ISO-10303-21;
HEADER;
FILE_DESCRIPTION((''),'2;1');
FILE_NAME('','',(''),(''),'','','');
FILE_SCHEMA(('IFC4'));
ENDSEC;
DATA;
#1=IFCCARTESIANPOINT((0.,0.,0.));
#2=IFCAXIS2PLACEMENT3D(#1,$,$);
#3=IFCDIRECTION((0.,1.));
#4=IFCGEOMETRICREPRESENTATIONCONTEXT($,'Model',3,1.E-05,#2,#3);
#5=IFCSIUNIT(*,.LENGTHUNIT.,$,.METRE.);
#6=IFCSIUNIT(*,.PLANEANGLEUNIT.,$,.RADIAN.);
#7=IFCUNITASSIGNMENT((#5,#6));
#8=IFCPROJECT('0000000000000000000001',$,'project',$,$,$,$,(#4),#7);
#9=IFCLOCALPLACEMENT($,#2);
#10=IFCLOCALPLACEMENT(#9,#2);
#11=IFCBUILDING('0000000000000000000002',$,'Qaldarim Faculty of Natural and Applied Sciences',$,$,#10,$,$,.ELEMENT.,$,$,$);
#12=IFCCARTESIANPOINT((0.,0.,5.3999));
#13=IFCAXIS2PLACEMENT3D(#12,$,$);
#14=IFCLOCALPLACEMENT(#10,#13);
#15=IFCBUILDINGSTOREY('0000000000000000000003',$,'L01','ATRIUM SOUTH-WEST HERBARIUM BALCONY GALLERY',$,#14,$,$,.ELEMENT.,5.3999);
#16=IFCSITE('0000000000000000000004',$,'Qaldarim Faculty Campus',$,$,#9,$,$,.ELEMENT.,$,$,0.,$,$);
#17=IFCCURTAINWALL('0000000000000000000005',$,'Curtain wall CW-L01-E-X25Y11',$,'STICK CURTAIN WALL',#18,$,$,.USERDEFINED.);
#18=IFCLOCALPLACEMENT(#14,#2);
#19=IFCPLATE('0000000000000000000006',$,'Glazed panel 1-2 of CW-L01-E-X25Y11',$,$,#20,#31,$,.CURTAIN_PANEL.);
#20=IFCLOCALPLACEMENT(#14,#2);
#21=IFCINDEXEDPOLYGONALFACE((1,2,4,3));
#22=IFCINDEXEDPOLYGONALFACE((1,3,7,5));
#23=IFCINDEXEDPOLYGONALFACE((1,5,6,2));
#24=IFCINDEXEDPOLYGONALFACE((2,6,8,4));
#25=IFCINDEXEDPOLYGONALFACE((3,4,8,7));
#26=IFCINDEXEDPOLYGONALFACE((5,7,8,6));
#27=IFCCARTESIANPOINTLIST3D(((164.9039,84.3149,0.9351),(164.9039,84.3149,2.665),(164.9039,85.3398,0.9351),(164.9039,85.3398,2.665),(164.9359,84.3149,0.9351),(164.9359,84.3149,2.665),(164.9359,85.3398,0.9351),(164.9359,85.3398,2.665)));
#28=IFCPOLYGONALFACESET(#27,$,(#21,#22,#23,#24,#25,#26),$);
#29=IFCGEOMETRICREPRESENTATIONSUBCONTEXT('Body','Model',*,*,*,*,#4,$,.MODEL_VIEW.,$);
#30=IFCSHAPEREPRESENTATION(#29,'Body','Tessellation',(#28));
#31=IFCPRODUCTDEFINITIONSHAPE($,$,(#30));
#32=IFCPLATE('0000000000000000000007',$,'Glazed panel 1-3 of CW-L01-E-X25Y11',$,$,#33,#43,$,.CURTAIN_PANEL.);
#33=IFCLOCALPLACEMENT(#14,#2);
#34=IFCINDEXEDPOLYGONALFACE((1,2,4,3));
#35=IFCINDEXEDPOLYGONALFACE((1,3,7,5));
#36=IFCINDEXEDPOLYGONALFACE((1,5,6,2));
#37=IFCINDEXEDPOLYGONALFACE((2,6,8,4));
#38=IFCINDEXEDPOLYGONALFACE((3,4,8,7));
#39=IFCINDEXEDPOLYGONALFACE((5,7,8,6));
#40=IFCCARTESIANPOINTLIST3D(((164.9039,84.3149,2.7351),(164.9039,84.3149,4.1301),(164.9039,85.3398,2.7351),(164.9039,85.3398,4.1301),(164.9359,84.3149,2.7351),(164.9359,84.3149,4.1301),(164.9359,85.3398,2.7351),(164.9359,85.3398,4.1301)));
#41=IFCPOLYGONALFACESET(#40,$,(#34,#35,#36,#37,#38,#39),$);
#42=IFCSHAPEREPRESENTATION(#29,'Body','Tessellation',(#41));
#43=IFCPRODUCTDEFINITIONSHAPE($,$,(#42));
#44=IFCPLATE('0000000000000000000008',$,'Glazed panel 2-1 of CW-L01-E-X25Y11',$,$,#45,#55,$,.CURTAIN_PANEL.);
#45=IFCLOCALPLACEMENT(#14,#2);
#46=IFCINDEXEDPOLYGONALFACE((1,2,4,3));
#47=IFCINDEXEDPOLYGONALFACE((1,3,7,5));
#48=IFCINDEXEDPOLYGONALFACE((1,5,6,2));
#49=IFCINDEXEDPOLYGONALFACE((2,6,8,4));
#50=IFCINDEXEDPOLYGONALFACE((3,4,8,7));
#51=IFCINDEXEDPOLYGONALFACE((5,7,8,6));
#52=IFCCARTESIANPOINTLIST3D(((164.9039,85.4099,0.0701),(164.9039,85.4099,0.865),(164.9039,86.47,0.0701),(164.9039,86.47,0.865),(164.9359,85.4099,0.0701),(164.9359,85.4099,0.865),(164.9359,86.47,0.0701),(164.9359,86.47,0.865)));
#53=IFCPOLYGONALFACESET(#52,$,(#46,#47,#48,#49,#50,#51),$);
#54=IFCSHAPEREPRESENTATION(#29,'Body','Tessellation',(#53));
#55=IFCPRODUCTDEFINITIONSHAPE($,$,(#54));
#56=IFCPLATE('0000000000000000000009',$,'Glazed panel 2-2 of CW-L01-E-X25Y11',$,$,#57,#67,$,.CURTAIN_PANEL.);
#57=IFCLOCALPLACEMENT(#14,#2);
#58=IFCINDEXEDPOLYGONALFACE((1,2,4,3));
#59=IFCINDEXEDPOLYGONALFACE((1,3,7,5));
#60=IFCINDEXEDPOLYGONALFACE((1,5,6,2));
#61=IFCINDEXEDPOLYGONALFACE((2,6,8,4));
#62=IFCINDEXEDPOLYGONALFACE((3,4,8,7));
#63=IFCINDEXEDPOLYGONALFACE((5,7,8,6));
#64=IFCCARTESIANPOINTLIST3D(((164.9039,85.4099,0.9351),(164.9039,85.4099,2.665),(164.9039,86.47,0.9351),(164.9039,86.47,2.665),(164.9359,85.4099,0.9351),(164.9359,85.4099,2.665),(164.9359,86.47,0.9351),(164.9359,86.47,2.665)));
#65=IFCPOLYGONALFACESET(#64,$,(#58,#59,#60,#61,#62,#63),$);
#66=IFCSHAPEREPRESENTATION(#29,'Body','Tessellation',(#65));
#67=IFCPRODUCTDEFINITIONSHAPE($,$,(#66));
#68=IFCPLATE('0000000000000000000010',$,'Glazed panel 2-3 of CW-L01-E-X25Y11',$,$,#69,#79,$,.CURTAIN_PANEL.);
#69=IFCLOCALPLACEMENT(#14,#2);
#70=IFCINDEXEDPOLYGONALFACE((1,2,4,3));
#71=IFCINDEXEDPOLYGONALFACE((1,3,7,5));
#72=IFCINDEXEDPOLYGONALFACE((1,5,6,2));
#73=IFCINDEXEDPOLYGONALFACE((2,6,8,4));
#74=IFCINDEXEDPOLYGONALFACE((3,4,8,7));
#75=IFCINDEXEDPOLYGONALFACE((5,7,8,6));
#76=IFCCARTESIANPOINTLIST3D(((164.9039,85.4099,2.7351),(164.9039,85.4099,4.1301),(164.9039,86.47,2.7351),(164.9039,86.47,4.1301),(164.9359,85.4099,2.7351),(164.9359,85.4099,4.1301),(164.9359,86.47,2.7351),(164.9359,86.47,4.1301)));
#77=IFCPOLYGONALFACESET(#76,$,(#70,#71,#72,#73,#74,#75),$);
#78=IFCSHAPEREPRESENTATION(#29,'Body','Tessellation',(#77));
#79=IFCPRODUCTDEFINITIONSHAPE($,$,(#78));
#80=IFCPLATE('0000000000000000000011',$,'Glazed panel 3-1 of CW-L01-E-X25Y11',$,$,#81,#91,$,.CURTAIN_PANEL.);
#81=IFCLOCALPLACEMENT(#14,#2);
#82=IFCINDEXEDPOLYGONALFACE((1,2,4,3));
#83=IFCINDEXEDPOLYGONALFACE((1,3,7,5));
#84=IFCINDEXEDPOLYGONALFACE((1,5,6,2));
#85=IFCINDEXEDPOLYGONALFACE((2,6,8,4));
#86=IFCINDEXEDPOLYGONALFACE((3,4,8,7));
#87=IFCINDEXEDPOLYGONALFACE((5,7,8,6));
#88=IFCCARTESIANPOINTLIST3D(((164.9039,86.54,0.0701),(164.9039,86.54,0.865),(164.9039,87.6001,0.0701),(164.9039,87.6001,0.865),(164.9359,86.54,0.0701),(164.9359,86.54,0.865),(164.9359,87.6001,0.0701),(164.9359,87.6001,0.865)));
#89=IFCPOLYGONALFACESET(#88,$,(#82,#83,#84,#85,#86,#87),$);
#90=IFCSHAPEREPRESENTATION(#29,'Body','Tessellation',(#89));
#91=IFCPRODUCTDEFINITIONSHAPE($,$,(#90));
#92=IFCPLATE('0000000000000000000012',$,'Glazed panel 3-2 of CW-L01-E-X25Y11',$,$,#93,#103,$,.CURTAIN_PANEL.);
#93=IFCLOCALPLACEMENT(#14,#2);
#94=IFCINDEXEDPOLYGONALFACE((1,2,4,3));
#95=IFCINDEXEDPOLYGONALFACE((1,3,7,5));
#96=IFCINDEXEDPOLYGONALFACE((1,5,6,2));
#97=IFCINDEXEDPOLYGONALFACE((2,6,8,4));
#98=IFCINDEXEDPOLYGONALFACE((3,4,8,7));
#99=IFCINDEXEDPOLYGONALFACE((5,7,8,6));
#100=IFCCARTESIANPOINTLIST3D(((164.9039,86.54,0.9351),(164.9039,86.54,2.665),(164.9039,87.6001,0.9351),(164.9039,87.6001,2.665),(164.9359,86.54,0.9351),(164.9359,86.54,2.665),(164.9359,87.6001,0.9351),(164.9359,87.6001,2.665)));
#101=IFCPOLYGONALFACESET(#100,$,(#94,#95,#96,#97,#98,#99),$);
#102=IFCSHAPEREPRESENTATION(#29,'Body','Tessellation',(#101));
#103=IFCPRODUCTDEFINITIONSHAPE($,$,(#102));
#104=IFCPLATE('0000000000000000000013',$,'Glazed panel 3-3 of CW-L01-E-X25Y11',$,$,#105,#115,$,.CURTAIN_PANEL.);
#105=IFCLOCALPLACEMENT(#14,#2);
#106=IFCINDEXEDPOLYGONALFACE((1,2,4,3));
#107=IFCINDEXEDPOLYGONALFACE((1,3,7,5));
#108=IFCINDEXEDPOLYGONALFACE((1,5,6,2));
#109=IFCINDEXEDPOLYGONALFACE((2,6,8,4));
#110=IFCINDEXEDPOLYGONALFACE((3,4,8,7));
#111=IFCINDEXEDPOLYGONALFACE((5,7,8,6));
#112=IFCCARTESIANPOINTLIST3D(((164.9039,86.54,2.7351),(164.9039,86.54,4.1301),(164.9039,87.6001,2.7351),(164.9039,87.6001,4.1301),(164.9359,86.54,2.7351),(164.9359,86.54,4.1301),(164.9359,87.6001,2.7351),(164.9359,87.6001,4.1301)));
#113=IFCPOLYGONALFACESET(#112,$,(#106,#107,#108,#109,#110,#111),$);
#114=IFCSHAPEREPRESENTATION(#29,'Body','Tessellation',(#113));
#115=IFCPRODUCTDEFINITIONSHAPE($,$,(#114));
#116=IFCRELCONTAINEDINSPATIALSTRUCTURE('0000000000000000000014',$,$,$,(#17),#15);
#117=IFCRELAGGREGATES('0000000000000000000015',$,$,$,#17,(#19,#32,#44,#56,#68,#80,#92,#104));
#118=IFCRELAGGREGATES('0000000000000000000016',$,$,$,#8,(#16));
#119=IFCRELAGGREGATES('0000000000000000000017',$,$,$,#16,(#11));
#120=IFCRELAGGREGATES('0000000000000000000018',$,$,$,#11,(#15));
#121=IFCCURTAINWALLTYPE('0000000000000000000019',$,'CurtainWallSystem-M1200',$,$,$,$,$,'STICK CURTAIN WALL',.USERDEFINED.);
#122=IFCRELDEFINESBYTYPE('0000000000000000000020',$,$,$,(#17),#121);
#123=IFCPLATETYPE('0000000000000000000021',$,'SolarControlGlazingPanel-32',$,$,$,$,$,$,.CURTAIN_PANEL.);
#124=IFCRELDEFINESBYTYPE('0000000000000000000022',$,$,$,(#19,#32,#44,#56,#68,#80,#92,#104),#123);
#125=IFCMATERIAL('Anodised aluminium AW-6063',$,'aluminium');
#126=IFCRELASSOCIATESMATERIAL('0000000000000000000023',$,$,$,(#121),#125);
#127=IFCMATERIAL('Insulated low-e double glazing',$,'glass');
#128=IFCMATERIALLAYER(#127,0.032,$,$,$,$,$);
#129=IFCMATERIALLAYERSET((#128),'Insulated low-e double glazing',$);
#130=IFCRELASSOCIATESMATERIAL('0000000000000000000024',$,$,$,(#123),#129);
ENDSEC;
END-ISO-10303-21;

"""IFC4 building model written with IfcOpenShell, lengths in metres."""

from ifc_helpers import new_model, si_unit, direction, frame, origin, origin_2d, place, context, subcontext, project, spatial, rectangle, extrude, material, layer, layer_set, type_object, element, aggregate, save


model = new_model("IFC4")

# Units and contexts
model_context = context("Model", 3, precision=1e-05, world=origin(), true_north=direction((0.0, 1.0)))
body_context = subcontext(model_context, "Body", "Model", "MODEL_VIEW")
ifc_project = project(units=[si_unit("LENGTHUNIT", "METRE"), si_unit("PLANEANGLEUNIT", "RADIAN")], contexts=[model_context])

# Site, building, storey
site_placement = place(None, origin())
site = spatial("IfcSite", under=ifc_project, at=site_placement, Name="Qaldarim Faculty Campus", CompositionType="ELEMENT", RefElevation=0.0)
building_placement = place(site_placement, origin())
building = spatial("IfcBuilding", under=site, at=building_placement, Name="Qaldarim Faculty of Natural and Applied Sciences", CompositionType="ELEMENT")
storey_placement = place(building_placement, frame((0.0, 0.0, 5.3999)))
storey = spatial("IfcBuildingStorey", under=building, at=storey_placement, Name="L01", Description="ATRIUM SOUTH-WEST HERBARIUM BALCONY GALLERY", CompositionType="ELEMENT", Elevation=5.3999)

# Curtain wall, plates
ifc_material_1 = material(Name="Anodised aluminium AW-6063", Category="aluminium")
curtain_wall_type = type_object("IfcCurtainWallType", Name="CurtainWallSystem-M1200", ElementType="STICK CURTAIN WALL", PredefinedType="USERDEFINED", material=ifc_material_1)
curtain_wall_placement = place(storey_placement, origin())
curtain_wall = element("IfcCurtainWall", 1, at=curtain_wall_placement, inside=storey, type_object=curtain_wall_type, Name="Curtain wall CW-L01-E-X25Y11", ObjectType="STICK CURTAIN WALL", PredefinedType="USERDEFINED")
ifc_material_2 = material(Name="Insulated low-e double glazing", Category="glass")
ifc_layer = layer(ifc_material_2, 0.032)
ifc_layer_set = layer_set([ifc_layer], Name="Insulated low-e double glazing")
plate_type = type_object("IfcPlateType", Name="SolarControlGlazingPanel-32", PredefinedType="CURTAIN_PANEL", material=ifc_layer_set)
plate_1_placement = place(storey_placement, frame((164.9199, 84.8274, 0.9351), z_axis=(0.0, 0.0, 1.0), x_axis=(0.0, 1.0, 0.0)))
plate_1 = element("IfcPlate", 2, at=plate_1_placement, type_object=plate_type, Name="Glazed panel 1-2 of CW-L01-E-X25Y11", PredefinedType="CURTAIN_PANEL", context=body_context, shape_type="SweptSolid", body=[
    extrude(rectangle(XDim=1.0249, YDim=0.032, at=origin_2d()), origin(), (0.0, 0.0, 1.0), 1.73),
])
plate_2_placement = place(storey_placement, frame((164.9199, 84.8274, 2.7351), z_axis=(0.0, 0.0, 1.0), x_axis=(0.0, 1.0, 0.0)))
plate_2 = element("IfcPlate", 3, at=plate_2_placement, type_object=plate_type, Name="Glazed panel 1-3 of CW-L01-E-X25Y11", PredefinedType="CURTAIN_PANEL", context=body_context, shape_type="SweptSolid", body=[
    extrude(rectangle(XDim=1.0249, YDim=0.032, at=origin_2d()), origin(), (0.0, 0.0, 1.0), 1.395),
])
plate_3_placement = place(storey_placement, frame((164.9199, 85.9399, 0.0701), z_axis=(0.0, 0.0, 1.0), x_axis=(0.0, 1.0, 0.0)))
plate_3 = element("IfcPlate", 4, at=plate_3_placement, type_object=plate_type, Name="Glazed panel 2-1 of CW-L01-E-X25Y11", PredefinedType="CURTAIN_PANEL", context=body_context, shape_type="SweptSolid", body=[
    extrude(rectangle(XDim=1.0601, YDim=0.032, at=origin_2d()), origin(), (0.0, 0.0, 1.0), 0.7949),
])
plate_4_placement = place(storey_placement, frame((164.9199, 85.9399, 0.9351), z_axis=(0.0, 0.0, 1.0), x_axis=(0.0, 1.0, 0.0)))
plate_4 = element("IfcPlate", 5, at=plate_4_placement, type_object=plate_type, Name="Glazed panel 2-2 of CW-L01-E-X25Y11", PredefinedType="CURTAIN_PANEL", context=body_context, shape_type="SweptSolid", body=[
    extrude(rectangle(XDim=1.0601, YDim=0.032, at=origin_2d()), origin(), (0.0, 0.0, 1.0), 1.73),
])
plate_5_placement = place(storey_placement, frame((164.9199, 85.9399, 2.7351), z_axis=(0.0, 0.0, 1.0), x_axis=(0.0, 1.0, 0.0)))
plate_5 = element("IfcPlate", 6, at=plate_5_placement, type_object=plate_type, Name="Glazed panel 2-3 of CW-L01-E-X25Y11", PredefinedType="CURTAIN_PANEL", context=body_context, shape_type="SweptSolid", body=[
    extrude(rectangle(XDim=1.0601, YDim=0.032, at=origin_2d()), origin(), (0.0, 0.0, 1.0), 1.395),
])
plate_6_placement = place(storey_placement, frame((164.9199, 87.0701, 0.0701), z_axis=(0.0, 0.0, 1.0), x_axis=(0.0, 1.0, 0.0)))
plate_6 = element("IfcPlate", 7, at=plate_6_placement, type_object=plate_type, Name="Glazed panel 3-1 of CW-L01-E-X25Y11", PredefinedType="CURTAIN_PANEL", context=body_context, shape_type="SweptSolid", body=[
    extrude(rectangle(XDim=1.0601, YDim=0.032, at=origin_2d()), origin(), (0.0, 0.0, 1.0), 0.7949),
])
plate_7_placement = place(storey_placement, frame((164.9199, 87.0701, 0.9351), z_axis=(0.0, 0.0, 1.0), x_axis=(0.0, 1.0, 0.0)))
plate_7 = element("IfcPlate", 8, at=plate_7_placement, type_object=plate_type, Name="Glazed panel 3-2 of CW-L01-E-X25Y11", PredefinedType="CURTAIN_PANEL", context=body_context, shape_type="SweptSolid", body=[
    extrude(rectangle(XDim=1.0601, YDim=0.032, at=origin_2d()), origin(), (0.0, 0.0, 1.0), 1.73),
])
plate_8_placement = place(storey_placement, frame((164.9199, 87.0701, 2.7351), z_axis=(0.0, 0.0, 1.0), x_axis=(0.0, 1.0, 0.0)))
plate_8 = element("IfcPlate", 9, at=plate_8_placement, type_object=plate_type, Name="Glazed panel 3-3 of CW-L01-E-X25Y11", PredefinedType="CURTAIN_PANEL", context=body_context, shape_type="SweptSolid", body=[
    extrude(rectangle(XDim=1.0601, YDim=0.032, at=origin_2d()), origin(), (0.0, 0.0, 1.0), 1.395),
])
aggregate(curtain_wall, [plate_1, plate_2, plate_3, plate_4, plate_5, plate_6, plate_7, plate_8])

save(model, "model.ifc")
